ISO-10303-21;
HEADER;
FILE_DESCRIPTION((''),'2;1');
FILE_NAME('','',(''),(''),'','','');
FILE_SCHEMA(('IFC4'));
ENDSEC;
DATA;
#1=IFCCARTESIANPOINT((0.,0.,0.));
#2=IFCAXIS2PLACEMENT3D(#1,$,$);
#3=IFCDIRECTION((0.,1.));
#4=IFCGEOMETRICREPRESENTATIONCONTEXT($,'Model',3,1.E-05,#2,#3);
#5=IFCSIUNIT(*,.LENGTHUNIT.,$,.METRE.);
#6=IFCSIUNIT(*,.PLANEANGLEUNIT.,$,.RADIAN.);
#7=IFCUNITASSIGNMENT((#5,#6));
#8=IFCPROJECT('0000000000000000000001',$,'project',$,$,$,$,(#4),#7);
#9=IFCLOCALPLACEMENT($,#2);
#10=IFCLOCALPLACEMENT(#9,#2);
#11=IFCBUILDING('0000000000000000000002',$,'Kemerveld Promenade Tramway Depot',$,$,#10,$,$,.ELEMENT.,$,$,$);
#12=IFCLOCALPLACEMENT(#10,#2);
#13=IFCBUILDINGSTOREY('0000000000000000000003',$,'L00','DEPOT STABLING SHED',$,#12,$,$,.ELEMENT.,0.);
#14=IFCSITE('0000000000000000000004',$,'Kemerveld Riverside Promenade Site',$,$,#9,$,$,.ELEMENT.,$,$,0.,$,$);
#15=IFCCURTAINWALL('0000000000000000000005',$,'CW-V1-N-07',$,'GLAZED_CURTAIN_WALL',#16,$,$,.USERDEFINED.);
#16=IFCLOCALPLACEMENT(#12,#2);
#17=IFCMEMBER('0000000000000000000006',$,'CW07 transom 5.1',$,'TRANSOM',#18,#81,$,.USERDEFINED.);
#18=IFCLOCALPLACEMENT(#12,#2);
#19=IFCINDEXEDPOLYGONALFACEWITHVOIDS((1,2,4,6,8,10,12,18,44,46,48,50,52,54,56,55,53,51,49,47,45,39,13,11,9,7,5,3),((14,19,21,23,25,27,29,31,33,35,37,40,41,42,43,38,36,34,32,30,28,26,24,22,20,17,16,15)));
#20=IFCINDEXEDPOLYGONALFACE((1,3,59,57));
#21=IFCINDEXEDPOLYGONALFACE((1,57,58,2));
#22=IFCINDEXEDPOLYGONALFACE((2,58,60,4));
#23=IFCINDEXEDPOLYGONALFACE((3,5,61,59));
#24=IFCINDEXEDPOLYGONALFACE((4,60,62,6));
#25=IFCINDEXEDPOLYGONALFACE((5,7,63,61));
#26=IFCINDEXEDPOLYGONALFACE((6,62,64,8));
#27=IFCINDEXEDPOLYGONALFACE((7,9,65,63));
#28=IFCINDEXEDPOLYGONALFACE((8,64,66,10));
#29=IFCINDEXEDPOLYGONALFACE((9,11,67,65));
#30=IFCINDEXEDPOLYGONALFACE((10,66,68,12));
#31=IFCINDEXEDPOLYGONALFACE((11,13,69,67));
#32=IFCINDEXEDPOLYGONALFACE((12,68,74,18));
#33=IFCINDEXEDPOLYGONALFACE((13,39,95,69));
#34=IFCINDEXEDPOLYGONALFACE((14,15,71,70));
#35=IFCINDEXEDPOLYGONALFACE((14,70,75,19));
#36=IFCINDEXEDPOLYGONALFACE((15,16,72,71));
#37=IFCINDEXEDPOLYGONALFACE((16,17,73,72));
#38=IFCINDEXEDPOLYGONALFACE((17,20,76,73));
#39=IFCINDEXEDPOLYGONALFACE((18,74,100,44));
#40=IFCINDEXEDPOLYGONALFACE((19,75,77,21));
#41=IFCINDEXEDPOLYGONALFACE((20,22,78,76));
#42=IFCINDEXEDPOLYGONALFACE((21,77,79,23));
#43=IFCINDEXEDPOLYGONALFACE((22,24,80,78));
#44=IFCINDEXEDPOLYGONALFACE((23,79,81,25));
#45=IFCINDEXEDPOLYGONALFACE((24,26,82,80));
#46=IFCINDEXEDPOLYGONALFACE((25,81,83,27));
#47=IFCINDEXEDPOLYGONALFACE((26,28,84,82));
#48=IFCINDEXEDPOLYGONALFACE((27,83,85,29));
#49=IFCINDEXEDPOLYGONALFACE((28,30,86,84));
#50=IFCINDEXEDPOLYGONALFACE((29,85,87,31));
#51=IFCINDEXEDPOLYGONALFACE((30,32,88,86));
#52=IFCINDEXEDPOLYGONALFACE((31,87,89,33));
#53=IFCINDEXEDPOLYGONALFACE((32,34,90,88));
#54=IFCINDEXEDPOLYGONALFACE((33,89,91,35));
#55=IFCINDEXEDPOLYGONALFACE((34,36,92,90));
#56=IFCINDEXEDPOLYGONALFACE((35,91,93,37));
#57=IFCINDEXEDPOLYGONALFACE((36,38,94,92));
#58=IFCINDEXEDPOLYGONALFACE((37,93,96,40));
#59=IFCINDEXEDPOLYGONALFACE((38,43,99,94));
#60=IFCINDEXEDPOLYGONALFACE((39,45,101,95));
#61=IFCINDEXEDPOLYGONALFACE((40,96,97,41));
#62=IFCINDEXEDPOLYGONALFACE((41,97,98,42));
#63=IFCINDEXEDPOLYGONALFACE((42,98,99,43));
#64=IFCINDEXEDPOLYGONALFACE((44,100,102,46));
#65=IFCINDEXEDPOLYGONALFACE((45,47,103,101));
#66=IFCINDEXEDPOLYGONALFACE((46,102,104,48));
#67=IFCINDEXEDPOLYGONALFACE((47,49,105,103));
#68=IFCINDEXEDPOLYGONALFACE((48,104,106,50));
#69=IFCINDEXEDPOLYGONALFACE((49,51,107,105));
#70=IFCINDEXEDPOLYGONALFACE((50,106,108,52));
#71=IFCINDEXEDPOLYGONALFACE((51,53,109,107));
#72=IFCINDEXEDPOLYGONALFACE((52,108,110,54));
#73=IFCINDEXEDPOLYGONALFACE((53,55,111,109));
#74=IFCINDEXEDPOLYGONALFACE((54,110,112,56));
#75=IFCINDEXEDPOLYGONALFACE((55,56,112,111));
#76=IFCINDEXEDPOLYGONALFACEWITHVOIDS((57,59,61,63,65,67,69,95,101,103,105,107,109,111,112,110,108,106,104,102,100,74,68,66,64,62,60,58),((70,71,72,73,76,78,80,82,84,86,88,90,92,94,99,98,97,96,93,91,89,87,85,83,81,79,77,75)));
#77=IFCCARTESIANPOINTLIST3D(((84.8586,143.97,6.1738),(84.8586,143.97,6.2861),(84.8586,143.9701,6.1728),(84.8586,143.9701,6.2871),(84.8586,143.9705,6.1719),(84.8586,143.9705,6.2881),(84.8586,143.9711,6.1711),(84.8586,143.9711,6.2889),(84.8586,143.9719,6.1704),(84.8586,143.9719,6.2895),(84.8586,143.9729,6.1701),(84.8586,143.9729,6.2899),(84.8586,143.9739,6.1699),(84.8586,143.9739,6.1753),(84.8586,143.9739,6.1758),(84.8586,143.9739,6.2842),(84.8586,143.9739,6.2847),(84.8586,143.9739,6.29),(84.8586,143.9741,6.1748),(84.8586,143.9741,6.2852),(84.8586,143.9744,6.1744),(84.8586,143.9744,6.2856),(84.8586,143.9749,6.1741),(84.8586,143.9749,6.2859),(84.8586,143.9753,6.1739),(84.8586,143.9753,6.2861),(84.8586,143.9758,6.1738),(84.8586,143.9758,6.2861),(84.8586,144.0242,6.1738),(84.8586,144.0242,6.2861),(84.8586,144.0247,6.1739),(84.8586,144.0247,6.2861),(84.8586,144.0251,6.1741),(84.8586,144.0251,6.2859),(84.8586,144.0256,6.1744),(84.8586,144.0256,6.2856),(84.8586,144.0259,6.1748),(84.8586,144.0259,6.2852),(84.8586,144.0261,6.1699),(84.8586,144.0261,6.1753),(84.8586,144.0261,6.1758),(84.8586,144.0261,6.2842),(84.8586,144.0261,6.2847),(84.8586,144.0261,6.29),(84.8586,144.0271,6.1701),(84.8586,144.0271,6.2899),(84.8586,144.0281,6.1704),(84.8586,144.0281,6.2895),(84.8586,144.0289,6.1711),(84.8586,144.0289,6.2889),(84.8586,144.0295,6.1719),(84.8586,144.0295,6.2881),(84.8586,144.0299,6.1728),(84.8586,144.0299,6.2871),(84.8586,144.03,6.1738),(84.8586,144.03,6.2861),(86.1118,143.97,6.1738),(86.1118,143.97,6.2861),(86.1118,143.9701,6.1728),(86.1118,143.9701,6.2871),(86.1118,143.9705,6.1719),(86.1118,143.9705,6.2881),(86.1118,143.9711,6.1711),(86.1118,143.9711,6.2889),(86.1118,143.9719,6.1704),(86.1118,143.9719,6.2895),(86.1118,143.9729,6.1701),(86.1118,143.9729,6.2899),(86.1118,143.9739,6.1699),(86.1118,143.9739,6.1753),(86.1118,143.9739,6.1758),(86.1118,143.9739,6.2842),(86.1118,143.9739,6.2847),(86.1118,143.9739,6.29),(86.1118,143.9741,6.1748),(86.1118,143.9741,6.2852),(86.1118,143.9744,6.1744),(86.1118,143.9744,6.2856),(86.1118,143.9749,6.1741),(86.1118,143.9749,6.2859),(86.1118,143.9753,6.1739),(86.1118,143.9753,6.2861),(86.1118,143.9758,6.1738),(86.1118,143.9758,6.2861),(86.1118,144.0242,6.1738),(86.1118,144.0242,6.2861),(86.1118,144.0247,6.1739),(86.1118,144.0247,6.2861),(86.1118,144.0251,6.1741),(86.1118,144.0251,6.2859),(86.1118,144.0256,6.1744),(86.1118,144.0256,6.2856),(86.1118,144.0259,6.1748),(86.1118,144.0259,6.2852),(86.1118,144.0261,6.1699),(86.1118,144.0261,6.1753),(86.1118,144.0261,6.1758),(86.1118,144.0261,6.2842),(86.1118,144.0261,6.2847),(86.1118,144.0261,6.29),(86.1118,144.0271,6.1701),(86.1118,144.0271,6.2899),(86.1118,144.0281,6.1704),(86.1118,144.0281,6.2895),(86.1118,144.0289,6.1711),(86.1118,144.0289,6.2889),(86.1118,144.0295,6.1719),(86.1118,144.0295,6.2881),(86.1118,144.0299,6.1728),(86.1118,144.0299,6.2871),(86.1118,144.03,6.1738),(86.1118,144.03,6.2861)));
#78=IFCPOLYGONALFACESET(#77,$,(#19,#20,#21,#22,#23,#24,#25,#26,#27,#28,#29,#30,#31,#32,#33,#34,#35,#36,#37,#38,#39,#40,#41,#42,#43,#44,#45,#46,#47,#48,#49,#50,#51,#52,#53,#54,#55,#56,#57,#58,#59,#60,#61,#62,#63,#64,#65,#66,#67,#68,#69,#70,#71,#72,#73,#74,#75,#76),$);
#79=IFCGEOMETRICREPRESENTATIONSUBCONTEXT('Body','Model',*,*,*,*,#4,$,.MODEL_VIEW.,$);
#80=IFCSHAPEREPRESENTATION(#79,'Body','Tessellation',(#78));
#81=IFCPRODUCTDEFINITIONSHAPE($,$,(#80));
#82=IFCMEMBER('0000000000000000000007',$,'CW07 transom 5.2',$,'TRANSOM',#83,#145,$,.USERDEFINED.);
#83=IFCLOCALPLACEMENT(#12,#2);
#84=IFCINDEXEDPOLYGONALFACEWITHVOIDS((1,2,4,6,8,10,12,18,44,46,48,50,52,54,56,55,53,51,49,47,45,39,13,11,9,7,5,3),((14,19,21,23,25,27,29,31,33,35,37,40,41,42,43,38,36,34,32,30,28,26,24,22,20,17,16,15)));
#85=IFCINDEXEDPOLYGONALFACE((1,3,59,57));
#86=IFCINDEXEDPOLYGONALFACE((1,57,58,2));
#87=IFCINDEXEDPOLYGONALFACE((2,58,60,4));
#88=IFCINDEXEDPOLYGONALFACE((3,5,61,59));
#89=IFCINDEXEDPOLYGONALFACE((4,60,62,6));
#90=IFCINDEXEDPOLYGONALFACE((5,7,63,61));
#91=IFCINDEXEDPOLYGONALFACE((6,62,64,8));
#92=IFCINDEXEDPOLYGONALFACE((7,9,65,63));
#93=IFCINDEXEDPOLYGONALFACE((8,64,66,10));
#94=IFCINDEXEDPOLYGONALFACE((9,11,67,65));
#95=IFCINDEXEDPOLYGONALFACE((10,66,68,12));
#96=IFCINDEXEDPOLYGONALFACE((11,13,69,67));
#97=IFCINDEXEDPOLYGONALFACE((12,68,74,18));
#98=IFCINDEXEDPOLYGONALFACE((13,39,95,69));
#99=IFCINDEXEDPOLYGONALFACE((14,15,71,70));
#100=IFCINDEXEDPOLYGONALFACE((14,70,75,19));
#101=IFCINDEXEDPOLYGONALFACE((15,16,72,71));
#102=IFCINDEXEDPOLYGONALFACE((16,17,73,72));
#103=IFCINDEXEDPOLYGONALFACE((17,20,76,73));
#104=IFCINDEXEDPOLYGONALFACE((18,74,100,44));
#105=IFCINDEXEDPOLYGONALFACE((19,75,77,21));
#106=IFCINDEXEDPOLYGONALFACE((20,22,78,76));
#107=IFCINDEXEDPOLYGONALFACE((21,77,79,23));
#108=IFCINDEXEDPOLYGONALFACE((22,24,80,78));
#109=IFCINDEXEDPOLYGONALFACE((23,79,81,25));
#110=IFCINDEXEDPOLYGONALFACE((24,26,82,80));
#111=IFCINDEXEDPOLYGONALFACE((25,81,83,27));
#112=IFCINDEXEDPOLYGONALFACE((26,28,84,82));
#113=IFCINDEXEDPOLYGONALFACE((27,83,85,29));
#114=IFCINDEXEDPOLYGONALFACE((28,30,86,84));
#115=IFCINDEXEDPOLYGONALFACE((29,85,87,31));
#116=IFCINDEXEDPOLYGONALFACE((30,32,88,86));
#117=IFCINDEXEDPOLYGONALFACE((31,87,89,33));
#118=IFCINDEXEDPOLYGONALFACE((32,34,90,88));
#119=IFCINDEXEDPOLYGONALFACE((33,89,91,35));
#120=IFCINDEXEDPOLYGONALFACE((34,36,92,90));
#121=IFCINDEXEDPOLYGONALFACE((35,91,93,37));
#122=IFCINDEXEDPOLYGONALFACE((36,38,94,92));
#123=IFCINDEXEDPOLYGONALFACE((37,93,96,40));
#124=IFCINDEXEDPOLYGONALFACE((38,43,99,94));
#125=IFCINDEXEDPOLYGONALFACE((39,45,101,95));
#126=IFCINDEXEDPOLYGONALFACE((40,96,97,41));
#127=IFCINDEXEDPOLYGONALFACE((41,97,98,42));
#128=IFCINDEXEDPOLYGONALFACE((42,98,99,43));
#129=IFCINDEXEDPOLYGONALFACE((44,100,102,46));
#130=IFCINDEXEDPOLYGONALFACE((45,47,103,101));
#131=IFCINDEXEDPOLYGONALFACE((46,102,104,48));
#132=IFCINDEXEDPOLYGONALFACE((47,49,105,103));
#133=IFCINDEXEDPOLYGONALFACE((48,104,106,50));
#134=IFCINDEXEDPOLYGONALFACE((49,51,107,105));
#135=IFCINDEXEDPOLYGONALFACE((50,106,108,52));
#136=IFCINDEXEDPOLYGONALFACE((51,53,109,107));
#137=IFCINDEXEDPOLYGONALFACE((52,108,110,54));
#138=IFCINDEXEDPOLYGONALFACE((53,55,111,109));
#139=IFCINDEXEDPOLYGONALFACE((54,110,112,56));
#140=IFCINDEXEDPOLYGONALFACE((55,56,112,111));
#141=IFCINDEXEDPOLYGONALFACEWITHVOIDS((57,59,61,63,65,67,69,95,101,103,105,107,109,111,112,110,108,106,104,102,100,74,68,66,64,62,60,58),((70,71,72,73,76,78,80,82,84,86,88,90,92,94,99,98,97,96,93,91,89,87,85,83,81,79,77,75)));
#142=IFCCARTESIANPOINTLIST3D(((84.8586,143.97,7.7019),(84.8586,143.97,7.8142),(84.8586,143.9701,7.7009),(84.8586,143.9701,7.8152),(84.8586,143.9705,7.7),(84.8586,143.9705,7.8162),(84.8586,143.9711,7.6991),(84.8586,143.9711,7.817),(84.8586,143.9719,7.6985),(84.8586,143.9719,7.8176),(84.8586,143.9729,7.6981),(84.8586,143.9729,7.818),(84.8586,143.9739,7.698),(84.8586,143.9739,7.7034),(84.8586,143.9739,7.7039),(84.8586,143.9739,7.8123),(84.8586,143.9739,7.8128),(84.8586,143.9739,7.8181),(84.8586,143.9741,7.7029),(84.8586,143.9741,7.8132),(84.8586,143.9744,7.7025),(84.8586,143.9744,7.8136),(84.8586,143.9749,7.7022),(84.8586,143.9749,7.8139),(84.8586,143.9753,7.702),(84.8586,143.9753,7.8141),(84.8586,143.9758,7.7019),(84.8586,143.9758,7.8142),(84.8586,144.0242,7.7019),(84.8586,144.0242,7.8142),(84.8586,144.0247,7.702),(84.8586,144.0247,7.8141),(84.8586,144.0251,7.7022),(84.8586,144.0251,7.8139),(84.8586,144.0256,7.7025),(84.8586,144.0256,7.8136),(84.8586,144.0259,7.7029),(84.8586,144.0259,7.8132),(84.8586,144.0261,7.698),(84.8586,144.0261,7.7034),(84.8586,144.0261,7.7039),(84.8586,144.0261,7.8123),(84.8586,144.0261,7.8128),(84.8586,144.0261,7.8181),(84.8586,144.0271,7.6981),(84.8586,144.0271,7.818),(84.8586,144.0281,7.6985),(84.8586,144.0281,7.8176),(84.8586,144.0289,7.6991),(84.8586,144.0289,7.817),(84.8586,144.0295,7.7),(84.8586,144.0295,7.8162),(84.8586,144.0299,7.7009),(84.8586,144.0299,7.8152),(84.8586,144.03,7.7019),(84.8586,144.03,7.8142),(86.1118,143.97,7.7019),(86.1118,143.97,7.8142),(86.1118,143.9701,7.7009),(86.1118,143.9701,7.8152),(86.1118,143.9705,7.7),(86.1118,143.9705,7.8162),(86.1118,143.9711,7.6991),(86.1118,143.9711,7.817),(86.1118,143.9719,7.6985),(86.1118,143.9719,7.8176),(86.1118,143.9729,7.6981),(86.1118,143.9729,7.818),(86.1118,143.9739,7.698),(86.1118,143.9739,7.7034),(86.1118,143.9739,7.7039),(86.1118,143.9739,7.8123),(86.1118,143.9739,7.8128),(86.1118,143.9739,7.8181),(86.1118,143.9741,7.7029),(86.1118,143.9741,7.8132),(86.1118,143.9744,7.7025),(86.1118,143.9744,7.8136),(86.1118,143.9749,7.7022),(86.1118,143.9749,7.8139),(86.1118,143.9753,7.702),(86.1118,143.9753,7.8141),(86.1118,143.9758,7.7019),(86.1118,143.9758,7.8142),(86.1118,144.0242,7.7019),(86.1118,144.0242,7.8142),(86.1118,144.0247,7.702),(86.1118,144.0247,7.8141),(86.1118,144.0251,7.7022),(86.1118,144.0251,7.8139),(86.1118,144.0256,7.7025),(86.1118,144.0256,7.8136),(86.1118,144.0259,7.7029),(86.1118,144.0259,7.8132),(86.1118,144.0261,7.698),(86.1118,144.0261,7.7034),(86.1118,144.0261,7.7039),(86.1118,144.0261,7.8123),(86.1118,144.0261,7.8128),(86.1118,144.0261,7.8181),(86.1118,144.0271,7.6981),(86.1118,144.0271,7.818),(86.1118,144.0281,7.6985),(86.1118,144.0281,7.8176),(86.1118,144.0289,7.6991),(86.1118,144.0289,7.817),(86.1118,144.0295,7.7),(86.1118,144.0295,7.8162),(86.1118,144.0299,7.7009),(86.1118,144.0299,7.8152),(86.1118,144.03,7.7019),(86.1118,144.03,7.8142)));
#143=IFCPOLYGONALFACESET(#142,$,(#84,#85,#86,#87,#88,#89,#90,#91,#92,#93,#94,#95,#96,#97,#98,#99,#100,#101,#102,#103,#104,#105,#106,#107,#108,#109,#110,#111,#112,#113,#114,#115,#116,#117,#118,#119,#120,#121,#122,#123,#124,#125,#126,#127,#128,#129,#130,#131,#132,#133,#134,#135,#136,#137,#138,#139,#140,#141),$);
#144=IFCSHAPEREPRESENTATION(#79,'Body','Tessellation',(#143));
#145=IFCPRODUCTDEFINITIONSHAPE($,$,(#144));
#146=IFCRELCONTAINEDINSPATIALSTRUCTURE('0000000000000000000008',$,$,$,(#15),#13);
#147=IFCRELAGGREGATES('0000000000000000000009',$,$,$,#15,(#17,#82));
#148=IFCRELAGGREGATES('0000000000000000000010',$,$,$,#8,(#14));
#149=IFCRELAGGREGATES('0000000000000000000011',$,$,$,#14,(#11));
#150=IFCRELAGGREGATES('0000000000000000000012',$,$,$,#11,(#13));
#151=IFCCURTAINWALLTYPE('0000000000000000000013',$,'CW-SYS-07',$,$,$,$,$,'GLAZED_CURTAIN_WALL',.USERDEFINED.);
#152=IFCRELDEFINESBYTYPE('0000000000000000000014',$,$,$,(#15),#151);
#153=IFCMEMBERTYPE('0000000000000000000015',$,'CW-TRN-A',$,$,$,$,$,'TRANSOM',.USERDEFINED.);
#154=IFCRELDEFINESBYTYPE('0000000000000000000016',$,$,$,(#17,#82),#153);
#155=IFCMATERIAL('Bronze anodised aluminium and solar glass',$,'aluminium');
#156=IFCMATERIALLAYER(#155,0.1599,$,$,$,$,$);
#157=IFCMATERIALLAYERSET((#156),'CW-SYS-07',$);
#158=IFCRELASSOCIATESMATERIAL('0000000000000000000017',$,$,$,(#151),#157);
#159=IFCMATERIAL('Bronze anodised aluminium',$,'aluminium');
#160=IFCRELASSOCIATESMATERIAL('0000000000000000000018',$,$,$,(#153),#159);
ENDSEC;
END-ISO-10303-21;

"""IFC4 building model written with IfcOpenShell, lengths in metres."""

from ifc_helpers import new_model, si_unit, direction, frame, origin, origin_2d, place, context, subcontext, project, spatial, hollow_rectangle, extrude, material, layer, layer_set, material_profile, profile_set, type_object, element, aggregate, save


model = new_model("IFC4")

# Units and contexts
model_context = context("Model", 3, precision=1e-05, world=origin(), true_north=direction((0.0, 1.0)))
body_context = subcontext(model_context, "Body", "Model", "MODEL_VIEW")
ifc_project = project(units=[si_unit("LENGTHUNIT", "METRE"), si_unit("PLANEANGLEUNIT", "RADIAN")], contexts=[model_context])

# Site, building, storey
site_placement = place(None, origin())
site = spatial("IfcSite", under=ifc_project, at=site_placement, Name="Kemerveld Riverside Promenade Site", CompositionType="ELEMENT", RefElevation=0.0)
building_placement = place(site_placement, origin())
building = spatial("IfcBuilding", under=site, at=building_placement, Name="Kemerveld Promenade Tramway Depot", CompositionType="ELEMENT")
storey_placement = place(building_placement, origin())
storey = spatial("IfcBuildingStorey", under=building, at=storey_placement, Name="L00", Description="DEPOT STABLING SHED", CompositionType="ELEMENT", Elevation=0.0)

# Curtain wall
ifc_material_1 = material(Name="Bronze anodised aluminium and solar glass", Category="aluminium")
ifc_layer_1 = layer(ifc_material_1, 0.1599)
ifc_layer_set_1 = layer_set([ifc_layer_1], Name="CW-SYS-07")
curtain_wall_type_1 = type_object("IfcCurtainWallType", Name="CW-SYS-07", ElementType="GLAZED_CURTAIN_WALL", PredefinedType="USERDEFINED", material=ifc_layer_set_1)
curtain_wall_1_placement = place(storey_placement, origin())
curtain_wall_1 = element("IfcCurtainWall", 1, at=curtain_wall_1_placement, inside=storey, type_object=curtain_wall_type_1, Name="CW-V1-N-07", ObjectType="GLAZED_CURTAIN_WALL", PredefinedType="USERDEFINED")
ifc_material_2 = material(Name="Bronze anodised aluminium", Category="aluminium")

# Members
ifc_material_profile_1 = material_profile(ifc_material_2, hollow_rectangle(XDim=0.0601, YDim=0.1201, WallThickness=0.0039, InnerFilletRadius=0.002, OuterFilletRadius=0.0039, at=origin_2d()), Name="CW-TRN-120x60")
ifc_profile_set_1 = profile_set([ifc_material_profile_1], Name="Bronze anodised aluminium")
member_type_1 = type_object("IfcMemberType", Name="CW-TRN-A", ElementType="TRANSOM", PredefinedType="USERDEFINED", material=ifc_profile_set_1)
member_1_placement = place(storey_placement, frame((84.8586, 144.0, 6.23), z_axis=(1.0, 0.0, 0.0), x_axis=(0.0, 1.0, 0.0)))
member_1 = element("IfcMember", 2, at=member_1_placement, type_object=member_type_1, Name="CW07 transom 5.1", ObjectType="TRANSOM", PredefinedType="USERDEFINED", context=body_context, shape_type="SweptSolid", body=[
    extrude(hollow_rectangle(XDim=0.0601, YDim=0.1201, WallThickness=0.0039, InnerFilletRadius=0.002, OuterFilletRadius=0.0039, at=origin_2d()), origin(), (0.0, 0.0, 1.0), 1.2532),
])
member_2_placement = place(storey_placement, frame((84.8586, 144.0, 7.7581), z_axis=(1.0, 0.0, 0.0), x_axis=(0.0, 1.0, 0.0)))
member_2 = element("IfcMember", 3, at=member_2_placement, type_object=member_type_1, Name="CW07 transom 5.2", ObjectType="TRANSOM", PredefinedType="USERDEFINED", context=body_context, shape_type="SweptSolid", body=[
    extrude(hollow_rectangle(XDim=0.0601, YDim=0.1201, WallThickness=0.0039, InnerFilletRadius=0.002, OuterFilletRadius=0.0039, at=origin_2d()), origin(), (0.0, 0.0, 1.0), 1.2532),
])

aggregate(curtain_wall_1, [member_1, member_2])

save(model, "model.ifc")
